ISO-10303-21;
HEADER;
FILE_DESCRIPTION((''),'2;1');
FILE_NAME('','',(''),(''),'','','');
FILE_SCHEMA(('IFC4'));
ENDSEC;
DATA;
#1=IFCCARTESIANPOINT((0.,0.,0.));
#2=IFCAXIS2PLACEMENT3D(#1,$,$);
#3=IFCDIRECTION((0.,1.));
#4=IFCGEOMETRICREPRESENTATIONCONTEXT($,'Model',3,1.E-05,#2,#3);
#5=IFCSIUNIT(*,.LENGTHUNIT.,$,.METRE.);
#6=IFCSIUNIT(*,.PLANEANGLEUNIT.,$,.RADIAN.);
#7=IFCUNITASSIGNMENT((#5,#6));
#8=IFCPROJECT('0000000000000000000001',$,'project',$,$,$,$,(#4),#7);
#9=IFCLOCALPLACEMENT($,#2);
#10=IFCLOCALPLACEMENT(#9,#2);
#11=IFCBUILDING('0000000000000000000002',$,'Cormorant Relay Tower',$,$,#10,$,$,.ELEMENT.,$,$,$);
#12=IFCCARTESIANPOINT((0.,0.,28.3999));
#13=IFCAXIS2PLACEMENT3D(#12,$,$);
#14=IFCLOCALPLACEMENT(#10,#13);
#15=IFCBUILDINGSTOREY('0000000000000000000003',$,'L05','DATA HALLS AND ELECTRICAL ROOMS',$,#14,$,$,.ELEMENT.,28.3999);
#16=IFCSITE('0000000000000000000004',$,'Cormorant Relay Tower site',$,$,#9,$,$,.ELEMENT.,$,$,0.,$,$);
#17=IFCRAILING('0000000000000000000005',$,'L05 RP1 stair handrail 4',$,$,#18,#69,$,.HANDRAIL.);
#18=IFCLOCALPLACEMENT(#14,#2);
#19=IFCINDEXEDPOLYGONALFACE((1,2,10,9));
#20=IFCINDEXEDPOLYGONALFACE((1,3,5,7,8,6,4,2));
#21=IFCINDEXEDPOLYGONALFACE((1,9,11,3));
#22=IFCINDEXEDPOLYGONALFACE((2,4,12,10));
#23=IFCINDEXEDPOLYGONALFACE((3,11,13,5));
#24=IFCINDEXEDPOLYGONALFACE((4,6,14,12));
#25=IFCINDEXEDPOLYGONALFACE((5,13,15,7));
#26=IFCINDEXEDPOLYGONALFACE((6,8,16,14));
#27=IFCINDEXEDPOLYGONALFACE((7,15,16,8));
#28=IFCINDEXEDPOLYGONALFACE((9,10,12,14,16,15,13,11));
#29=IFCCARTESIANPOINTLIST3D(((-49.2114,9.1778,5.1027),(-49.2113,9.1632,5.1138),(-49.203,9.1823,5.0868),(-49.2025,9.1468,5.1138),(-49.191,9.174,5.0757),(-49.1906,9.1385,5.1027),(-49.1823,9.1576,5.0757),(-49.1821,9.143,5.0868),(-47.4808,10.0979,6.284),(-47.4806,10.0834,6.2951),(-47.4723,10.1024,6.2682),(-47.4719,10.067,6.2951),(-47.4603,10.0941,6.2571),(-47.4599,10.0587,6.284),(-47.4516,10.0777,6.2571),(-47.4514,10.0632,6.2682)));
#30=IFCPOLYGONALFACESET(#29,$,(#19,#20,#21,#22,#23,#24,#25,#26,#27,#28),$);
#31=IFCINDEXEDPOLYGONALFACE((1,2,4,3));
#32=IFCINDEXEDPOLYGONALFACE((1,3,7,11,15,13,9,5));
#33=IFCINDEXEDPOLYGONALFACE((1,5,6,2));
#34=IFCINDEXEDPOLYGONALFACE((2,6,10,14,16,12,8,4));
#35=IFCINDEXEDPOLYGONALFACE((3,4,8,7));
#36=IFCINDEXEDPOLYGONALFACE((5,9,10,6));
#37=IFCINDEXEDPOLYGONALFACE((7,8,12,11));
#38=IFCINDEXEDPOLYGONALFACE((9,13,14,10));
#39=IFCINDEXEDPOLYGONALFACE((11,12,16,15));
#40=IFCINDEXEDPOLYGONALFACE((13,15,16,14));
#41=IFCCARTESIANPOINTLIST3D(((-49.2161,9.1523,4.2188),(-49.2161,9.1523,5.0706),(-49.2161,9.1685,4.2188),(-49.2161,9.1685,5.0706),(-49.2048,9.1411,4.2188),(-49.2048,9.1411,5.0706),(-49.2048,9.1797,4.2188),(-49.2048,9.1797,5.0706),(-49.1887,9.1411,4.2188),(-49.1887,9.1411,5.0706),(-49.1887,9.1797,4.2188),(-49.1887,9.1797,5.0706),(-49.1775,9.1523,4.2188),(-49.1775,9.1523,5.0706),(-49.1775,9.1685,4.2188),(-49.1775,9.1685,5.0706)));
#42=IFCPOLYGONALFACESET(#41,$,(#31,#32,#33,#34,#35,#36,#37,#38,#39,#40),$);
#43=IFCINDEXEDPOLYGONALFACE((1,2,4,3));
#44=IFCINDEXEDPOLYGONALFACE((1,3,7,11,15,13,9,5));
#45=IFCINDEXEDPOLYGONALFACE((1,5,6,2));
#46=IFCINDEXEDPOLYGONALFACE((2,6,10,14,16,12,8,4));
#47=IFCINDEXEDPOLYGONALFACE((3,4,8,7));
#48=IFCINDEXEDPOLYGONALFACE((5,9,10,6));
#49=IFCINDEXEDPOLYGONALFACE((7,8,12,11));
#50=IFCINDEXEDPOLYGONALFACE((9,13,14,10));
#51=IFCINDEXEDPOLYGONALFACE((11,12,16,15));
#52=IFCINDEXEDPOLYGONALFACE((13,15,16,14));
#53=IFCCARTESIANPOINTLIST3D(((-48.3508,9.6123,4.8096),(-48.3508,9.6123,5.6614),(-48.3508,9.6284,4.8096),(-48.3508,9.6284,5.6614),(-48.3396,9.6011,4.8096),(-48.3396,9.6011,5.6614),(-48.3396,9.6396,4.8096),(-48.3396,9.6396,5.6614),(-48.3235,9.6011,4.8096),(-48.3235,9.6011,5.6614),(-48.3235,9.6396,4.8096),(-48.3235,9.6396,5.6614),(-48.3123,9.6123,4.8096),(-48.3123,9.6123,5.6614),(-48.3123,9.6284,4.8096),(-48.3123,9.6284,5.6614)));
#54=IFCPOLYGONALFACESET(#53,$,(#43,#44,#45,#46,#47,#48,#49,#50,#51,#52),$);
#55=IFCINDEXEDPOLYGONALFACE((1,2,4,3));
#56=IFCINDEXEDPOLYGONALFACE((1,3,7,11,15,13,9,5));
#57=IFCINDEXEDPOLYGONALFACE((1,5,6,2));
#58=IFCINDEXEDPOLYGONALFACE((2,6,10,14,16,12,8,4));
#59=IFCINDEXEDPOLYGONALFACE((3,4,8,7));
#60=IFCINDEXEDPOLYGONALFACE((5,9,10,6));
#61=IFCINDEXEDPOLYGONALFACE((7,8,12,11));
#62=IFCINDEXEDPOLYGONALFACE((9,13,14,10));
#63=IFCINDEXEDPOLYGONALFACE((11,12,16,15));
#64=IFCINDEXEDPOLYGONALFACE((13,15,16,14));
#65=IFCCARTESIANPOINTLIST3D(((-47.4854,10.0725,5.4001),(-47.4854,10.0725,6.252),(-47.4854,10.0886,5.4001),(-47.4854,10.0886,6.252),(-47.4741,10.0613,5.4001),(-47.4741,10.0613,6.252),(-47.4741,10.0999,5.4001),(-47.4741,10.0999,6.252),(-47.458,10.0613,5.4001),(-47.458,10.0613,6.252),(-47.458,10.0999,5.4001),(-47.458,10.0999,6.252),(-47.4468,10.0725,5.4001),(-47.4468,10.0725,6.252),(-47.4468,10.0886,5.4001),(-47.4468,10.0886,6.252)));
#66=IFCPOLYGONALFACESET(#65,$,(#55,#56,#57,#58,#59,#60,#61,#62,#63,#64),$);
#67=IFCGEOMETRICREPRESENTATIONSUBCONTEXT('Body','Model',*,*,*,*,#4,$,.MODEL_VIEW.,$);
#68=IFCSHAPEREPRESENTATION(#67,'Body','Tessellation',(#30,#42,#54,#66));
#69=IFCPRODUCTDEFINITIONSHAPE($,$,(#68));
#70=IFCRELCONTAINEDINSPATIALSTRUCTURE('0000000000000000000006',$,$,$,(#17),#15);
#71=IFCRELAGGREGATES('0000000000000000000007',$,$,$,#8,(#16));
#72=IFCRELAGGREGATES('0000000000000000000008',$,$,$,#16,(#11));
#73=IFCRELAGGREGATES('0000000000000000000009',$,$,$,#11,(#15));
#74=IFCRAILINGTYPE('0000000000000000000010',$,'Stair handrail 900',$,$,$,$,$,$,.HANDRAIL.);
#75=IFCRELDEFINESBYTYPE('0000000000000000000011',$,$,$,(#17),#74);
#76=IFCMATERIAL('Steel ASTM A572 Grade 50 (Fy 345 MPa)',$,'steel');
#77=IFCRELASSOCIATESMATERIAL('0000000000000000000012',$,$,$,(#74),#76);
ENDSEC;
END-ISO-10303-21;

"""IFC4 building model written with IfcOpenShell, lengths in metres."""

from ifc_helpers import new_model, si_unit, direction, frame, origin, place, context, subcontext, project, spatial, polyline, outline, extrude, material, type_object, element, save


model = new_model("IFC4")

# Units and contexts
model_context = context("Model", 3, precision=1e-05, world=origin(), true_north=direction((0.0, 1.0)))
body_context = subcontext(model_context, "Body", "Model", "MODEL_VIEW")
ifc_project = project(units=[si_unit("LENGTHUNIT", "METRE"), si_unit("PLANEANGLEUNIT", "RADIAN")], contexts=[model_context])

# Site, building, storey
site_placement = place(None, origin())
site = spatial("IfcSite", under=ifc_project, at=site_placement, Name="Cormorant Relay Tower site", CompositionType="ELEMENT", RefElevation=0.0)
building_placement = place(site_placement, origin())
building = spatial("IfcBuilding", under=site, at=building_placement, Name="Cormorant Relay Tower", CompositionType="ELEMENT")
storey_placement = place(building_placement, frame((0.0, 0.0, 28.3999)))
storey = spatial("IfcBuildingStorey", under=building, at=storey_placement, Name="L05", Description="DATA HALLS AND ELECTRICAL ROOMS", CompositionType="ELEMENT", Elevation=28.3999)

# Railing
ifc_material_1 = material(Name="Steel ASTM A572 Grade 50 (Fy 345 MPa)", Category="steel")
railing_type_1 = type_object("IfcRailingType", Name="Stair handrail 900", PredefinedType="HANDRAIL", material=ifc_material_1)
for number, where, name in (
    (1, (-49.1968, 9.1604, 4.2188), "L05 RP1 stair handrail 4"),
):
    element("IfcRailing", number, at=place(storey_placement, frame(where)), inside=storey, type_object=railing_type_1, Name=name, PredefinedType="HANDRAIL", context=body_context, shape_type="SweptSolid", body=[
        extrude(outline(polyline([(0.0222, 0.0093), (0.0093, 0.0222), (-0.0093, 0.0222), (-0.0222, 0.0093), (-0.0222, -0.0093), (-0.0093, -0.0222), (0.0093, -0.0222), (0.0222, -0.0093), (0.0222, 0.0093)])), frame((0.0, 0.0, 0.876), z_axis=(0.756226, 0.402062, 0.516205), x_axis=(-0.469444, 0.882962, 0.0)), (0.0, 0.0, 1.0), 2.2886),
        extrude(outline(polyline([(0.0193, 0.0081), (0.0081, 0.0193), (-0.0081, 0.0193), (-0.0193, 0.0081), (-0.0193, -0.0081), (-0.0081, -0.0193), (0.0081, -0.0193), (0.0193, -0.0081), (0.0193, 0.0081)])), origin(), (0.0, 0.0, 1.0), 0.8518),
        extrude(outline(polyline([(0.0193, 0.0081), (0.0081, 0.0193), (-0.0081, 0.0193), (-0.0193, 0.0081), (-0.0193, -0.0081), (-0.0081, -0.0193), (0.0081, -0.0193), (0.0193, -0.0081), (0.0193, 0.0081)])), frame((0.8652, 0.46, 0.5908)), (0.0, 0.0, 1.0), 0.8518),
        extrude(outline(polyline([(0.0193, 0.0081), (0.0081, 0.0193), (-0.0081, 0.0193), (-0.0193, 0.0081), (-0.0193, -0.0081), (-0.0081, -0.0193), (0.0081, -0.0193), (0.0193, -0.0081), (0.0193, 0.0081)])), frame((1.7307, 0.9202, 1.1814)), (0.0, 0.0, 1.0), 0.8518),
    ])

save(model, "model.ifc")
